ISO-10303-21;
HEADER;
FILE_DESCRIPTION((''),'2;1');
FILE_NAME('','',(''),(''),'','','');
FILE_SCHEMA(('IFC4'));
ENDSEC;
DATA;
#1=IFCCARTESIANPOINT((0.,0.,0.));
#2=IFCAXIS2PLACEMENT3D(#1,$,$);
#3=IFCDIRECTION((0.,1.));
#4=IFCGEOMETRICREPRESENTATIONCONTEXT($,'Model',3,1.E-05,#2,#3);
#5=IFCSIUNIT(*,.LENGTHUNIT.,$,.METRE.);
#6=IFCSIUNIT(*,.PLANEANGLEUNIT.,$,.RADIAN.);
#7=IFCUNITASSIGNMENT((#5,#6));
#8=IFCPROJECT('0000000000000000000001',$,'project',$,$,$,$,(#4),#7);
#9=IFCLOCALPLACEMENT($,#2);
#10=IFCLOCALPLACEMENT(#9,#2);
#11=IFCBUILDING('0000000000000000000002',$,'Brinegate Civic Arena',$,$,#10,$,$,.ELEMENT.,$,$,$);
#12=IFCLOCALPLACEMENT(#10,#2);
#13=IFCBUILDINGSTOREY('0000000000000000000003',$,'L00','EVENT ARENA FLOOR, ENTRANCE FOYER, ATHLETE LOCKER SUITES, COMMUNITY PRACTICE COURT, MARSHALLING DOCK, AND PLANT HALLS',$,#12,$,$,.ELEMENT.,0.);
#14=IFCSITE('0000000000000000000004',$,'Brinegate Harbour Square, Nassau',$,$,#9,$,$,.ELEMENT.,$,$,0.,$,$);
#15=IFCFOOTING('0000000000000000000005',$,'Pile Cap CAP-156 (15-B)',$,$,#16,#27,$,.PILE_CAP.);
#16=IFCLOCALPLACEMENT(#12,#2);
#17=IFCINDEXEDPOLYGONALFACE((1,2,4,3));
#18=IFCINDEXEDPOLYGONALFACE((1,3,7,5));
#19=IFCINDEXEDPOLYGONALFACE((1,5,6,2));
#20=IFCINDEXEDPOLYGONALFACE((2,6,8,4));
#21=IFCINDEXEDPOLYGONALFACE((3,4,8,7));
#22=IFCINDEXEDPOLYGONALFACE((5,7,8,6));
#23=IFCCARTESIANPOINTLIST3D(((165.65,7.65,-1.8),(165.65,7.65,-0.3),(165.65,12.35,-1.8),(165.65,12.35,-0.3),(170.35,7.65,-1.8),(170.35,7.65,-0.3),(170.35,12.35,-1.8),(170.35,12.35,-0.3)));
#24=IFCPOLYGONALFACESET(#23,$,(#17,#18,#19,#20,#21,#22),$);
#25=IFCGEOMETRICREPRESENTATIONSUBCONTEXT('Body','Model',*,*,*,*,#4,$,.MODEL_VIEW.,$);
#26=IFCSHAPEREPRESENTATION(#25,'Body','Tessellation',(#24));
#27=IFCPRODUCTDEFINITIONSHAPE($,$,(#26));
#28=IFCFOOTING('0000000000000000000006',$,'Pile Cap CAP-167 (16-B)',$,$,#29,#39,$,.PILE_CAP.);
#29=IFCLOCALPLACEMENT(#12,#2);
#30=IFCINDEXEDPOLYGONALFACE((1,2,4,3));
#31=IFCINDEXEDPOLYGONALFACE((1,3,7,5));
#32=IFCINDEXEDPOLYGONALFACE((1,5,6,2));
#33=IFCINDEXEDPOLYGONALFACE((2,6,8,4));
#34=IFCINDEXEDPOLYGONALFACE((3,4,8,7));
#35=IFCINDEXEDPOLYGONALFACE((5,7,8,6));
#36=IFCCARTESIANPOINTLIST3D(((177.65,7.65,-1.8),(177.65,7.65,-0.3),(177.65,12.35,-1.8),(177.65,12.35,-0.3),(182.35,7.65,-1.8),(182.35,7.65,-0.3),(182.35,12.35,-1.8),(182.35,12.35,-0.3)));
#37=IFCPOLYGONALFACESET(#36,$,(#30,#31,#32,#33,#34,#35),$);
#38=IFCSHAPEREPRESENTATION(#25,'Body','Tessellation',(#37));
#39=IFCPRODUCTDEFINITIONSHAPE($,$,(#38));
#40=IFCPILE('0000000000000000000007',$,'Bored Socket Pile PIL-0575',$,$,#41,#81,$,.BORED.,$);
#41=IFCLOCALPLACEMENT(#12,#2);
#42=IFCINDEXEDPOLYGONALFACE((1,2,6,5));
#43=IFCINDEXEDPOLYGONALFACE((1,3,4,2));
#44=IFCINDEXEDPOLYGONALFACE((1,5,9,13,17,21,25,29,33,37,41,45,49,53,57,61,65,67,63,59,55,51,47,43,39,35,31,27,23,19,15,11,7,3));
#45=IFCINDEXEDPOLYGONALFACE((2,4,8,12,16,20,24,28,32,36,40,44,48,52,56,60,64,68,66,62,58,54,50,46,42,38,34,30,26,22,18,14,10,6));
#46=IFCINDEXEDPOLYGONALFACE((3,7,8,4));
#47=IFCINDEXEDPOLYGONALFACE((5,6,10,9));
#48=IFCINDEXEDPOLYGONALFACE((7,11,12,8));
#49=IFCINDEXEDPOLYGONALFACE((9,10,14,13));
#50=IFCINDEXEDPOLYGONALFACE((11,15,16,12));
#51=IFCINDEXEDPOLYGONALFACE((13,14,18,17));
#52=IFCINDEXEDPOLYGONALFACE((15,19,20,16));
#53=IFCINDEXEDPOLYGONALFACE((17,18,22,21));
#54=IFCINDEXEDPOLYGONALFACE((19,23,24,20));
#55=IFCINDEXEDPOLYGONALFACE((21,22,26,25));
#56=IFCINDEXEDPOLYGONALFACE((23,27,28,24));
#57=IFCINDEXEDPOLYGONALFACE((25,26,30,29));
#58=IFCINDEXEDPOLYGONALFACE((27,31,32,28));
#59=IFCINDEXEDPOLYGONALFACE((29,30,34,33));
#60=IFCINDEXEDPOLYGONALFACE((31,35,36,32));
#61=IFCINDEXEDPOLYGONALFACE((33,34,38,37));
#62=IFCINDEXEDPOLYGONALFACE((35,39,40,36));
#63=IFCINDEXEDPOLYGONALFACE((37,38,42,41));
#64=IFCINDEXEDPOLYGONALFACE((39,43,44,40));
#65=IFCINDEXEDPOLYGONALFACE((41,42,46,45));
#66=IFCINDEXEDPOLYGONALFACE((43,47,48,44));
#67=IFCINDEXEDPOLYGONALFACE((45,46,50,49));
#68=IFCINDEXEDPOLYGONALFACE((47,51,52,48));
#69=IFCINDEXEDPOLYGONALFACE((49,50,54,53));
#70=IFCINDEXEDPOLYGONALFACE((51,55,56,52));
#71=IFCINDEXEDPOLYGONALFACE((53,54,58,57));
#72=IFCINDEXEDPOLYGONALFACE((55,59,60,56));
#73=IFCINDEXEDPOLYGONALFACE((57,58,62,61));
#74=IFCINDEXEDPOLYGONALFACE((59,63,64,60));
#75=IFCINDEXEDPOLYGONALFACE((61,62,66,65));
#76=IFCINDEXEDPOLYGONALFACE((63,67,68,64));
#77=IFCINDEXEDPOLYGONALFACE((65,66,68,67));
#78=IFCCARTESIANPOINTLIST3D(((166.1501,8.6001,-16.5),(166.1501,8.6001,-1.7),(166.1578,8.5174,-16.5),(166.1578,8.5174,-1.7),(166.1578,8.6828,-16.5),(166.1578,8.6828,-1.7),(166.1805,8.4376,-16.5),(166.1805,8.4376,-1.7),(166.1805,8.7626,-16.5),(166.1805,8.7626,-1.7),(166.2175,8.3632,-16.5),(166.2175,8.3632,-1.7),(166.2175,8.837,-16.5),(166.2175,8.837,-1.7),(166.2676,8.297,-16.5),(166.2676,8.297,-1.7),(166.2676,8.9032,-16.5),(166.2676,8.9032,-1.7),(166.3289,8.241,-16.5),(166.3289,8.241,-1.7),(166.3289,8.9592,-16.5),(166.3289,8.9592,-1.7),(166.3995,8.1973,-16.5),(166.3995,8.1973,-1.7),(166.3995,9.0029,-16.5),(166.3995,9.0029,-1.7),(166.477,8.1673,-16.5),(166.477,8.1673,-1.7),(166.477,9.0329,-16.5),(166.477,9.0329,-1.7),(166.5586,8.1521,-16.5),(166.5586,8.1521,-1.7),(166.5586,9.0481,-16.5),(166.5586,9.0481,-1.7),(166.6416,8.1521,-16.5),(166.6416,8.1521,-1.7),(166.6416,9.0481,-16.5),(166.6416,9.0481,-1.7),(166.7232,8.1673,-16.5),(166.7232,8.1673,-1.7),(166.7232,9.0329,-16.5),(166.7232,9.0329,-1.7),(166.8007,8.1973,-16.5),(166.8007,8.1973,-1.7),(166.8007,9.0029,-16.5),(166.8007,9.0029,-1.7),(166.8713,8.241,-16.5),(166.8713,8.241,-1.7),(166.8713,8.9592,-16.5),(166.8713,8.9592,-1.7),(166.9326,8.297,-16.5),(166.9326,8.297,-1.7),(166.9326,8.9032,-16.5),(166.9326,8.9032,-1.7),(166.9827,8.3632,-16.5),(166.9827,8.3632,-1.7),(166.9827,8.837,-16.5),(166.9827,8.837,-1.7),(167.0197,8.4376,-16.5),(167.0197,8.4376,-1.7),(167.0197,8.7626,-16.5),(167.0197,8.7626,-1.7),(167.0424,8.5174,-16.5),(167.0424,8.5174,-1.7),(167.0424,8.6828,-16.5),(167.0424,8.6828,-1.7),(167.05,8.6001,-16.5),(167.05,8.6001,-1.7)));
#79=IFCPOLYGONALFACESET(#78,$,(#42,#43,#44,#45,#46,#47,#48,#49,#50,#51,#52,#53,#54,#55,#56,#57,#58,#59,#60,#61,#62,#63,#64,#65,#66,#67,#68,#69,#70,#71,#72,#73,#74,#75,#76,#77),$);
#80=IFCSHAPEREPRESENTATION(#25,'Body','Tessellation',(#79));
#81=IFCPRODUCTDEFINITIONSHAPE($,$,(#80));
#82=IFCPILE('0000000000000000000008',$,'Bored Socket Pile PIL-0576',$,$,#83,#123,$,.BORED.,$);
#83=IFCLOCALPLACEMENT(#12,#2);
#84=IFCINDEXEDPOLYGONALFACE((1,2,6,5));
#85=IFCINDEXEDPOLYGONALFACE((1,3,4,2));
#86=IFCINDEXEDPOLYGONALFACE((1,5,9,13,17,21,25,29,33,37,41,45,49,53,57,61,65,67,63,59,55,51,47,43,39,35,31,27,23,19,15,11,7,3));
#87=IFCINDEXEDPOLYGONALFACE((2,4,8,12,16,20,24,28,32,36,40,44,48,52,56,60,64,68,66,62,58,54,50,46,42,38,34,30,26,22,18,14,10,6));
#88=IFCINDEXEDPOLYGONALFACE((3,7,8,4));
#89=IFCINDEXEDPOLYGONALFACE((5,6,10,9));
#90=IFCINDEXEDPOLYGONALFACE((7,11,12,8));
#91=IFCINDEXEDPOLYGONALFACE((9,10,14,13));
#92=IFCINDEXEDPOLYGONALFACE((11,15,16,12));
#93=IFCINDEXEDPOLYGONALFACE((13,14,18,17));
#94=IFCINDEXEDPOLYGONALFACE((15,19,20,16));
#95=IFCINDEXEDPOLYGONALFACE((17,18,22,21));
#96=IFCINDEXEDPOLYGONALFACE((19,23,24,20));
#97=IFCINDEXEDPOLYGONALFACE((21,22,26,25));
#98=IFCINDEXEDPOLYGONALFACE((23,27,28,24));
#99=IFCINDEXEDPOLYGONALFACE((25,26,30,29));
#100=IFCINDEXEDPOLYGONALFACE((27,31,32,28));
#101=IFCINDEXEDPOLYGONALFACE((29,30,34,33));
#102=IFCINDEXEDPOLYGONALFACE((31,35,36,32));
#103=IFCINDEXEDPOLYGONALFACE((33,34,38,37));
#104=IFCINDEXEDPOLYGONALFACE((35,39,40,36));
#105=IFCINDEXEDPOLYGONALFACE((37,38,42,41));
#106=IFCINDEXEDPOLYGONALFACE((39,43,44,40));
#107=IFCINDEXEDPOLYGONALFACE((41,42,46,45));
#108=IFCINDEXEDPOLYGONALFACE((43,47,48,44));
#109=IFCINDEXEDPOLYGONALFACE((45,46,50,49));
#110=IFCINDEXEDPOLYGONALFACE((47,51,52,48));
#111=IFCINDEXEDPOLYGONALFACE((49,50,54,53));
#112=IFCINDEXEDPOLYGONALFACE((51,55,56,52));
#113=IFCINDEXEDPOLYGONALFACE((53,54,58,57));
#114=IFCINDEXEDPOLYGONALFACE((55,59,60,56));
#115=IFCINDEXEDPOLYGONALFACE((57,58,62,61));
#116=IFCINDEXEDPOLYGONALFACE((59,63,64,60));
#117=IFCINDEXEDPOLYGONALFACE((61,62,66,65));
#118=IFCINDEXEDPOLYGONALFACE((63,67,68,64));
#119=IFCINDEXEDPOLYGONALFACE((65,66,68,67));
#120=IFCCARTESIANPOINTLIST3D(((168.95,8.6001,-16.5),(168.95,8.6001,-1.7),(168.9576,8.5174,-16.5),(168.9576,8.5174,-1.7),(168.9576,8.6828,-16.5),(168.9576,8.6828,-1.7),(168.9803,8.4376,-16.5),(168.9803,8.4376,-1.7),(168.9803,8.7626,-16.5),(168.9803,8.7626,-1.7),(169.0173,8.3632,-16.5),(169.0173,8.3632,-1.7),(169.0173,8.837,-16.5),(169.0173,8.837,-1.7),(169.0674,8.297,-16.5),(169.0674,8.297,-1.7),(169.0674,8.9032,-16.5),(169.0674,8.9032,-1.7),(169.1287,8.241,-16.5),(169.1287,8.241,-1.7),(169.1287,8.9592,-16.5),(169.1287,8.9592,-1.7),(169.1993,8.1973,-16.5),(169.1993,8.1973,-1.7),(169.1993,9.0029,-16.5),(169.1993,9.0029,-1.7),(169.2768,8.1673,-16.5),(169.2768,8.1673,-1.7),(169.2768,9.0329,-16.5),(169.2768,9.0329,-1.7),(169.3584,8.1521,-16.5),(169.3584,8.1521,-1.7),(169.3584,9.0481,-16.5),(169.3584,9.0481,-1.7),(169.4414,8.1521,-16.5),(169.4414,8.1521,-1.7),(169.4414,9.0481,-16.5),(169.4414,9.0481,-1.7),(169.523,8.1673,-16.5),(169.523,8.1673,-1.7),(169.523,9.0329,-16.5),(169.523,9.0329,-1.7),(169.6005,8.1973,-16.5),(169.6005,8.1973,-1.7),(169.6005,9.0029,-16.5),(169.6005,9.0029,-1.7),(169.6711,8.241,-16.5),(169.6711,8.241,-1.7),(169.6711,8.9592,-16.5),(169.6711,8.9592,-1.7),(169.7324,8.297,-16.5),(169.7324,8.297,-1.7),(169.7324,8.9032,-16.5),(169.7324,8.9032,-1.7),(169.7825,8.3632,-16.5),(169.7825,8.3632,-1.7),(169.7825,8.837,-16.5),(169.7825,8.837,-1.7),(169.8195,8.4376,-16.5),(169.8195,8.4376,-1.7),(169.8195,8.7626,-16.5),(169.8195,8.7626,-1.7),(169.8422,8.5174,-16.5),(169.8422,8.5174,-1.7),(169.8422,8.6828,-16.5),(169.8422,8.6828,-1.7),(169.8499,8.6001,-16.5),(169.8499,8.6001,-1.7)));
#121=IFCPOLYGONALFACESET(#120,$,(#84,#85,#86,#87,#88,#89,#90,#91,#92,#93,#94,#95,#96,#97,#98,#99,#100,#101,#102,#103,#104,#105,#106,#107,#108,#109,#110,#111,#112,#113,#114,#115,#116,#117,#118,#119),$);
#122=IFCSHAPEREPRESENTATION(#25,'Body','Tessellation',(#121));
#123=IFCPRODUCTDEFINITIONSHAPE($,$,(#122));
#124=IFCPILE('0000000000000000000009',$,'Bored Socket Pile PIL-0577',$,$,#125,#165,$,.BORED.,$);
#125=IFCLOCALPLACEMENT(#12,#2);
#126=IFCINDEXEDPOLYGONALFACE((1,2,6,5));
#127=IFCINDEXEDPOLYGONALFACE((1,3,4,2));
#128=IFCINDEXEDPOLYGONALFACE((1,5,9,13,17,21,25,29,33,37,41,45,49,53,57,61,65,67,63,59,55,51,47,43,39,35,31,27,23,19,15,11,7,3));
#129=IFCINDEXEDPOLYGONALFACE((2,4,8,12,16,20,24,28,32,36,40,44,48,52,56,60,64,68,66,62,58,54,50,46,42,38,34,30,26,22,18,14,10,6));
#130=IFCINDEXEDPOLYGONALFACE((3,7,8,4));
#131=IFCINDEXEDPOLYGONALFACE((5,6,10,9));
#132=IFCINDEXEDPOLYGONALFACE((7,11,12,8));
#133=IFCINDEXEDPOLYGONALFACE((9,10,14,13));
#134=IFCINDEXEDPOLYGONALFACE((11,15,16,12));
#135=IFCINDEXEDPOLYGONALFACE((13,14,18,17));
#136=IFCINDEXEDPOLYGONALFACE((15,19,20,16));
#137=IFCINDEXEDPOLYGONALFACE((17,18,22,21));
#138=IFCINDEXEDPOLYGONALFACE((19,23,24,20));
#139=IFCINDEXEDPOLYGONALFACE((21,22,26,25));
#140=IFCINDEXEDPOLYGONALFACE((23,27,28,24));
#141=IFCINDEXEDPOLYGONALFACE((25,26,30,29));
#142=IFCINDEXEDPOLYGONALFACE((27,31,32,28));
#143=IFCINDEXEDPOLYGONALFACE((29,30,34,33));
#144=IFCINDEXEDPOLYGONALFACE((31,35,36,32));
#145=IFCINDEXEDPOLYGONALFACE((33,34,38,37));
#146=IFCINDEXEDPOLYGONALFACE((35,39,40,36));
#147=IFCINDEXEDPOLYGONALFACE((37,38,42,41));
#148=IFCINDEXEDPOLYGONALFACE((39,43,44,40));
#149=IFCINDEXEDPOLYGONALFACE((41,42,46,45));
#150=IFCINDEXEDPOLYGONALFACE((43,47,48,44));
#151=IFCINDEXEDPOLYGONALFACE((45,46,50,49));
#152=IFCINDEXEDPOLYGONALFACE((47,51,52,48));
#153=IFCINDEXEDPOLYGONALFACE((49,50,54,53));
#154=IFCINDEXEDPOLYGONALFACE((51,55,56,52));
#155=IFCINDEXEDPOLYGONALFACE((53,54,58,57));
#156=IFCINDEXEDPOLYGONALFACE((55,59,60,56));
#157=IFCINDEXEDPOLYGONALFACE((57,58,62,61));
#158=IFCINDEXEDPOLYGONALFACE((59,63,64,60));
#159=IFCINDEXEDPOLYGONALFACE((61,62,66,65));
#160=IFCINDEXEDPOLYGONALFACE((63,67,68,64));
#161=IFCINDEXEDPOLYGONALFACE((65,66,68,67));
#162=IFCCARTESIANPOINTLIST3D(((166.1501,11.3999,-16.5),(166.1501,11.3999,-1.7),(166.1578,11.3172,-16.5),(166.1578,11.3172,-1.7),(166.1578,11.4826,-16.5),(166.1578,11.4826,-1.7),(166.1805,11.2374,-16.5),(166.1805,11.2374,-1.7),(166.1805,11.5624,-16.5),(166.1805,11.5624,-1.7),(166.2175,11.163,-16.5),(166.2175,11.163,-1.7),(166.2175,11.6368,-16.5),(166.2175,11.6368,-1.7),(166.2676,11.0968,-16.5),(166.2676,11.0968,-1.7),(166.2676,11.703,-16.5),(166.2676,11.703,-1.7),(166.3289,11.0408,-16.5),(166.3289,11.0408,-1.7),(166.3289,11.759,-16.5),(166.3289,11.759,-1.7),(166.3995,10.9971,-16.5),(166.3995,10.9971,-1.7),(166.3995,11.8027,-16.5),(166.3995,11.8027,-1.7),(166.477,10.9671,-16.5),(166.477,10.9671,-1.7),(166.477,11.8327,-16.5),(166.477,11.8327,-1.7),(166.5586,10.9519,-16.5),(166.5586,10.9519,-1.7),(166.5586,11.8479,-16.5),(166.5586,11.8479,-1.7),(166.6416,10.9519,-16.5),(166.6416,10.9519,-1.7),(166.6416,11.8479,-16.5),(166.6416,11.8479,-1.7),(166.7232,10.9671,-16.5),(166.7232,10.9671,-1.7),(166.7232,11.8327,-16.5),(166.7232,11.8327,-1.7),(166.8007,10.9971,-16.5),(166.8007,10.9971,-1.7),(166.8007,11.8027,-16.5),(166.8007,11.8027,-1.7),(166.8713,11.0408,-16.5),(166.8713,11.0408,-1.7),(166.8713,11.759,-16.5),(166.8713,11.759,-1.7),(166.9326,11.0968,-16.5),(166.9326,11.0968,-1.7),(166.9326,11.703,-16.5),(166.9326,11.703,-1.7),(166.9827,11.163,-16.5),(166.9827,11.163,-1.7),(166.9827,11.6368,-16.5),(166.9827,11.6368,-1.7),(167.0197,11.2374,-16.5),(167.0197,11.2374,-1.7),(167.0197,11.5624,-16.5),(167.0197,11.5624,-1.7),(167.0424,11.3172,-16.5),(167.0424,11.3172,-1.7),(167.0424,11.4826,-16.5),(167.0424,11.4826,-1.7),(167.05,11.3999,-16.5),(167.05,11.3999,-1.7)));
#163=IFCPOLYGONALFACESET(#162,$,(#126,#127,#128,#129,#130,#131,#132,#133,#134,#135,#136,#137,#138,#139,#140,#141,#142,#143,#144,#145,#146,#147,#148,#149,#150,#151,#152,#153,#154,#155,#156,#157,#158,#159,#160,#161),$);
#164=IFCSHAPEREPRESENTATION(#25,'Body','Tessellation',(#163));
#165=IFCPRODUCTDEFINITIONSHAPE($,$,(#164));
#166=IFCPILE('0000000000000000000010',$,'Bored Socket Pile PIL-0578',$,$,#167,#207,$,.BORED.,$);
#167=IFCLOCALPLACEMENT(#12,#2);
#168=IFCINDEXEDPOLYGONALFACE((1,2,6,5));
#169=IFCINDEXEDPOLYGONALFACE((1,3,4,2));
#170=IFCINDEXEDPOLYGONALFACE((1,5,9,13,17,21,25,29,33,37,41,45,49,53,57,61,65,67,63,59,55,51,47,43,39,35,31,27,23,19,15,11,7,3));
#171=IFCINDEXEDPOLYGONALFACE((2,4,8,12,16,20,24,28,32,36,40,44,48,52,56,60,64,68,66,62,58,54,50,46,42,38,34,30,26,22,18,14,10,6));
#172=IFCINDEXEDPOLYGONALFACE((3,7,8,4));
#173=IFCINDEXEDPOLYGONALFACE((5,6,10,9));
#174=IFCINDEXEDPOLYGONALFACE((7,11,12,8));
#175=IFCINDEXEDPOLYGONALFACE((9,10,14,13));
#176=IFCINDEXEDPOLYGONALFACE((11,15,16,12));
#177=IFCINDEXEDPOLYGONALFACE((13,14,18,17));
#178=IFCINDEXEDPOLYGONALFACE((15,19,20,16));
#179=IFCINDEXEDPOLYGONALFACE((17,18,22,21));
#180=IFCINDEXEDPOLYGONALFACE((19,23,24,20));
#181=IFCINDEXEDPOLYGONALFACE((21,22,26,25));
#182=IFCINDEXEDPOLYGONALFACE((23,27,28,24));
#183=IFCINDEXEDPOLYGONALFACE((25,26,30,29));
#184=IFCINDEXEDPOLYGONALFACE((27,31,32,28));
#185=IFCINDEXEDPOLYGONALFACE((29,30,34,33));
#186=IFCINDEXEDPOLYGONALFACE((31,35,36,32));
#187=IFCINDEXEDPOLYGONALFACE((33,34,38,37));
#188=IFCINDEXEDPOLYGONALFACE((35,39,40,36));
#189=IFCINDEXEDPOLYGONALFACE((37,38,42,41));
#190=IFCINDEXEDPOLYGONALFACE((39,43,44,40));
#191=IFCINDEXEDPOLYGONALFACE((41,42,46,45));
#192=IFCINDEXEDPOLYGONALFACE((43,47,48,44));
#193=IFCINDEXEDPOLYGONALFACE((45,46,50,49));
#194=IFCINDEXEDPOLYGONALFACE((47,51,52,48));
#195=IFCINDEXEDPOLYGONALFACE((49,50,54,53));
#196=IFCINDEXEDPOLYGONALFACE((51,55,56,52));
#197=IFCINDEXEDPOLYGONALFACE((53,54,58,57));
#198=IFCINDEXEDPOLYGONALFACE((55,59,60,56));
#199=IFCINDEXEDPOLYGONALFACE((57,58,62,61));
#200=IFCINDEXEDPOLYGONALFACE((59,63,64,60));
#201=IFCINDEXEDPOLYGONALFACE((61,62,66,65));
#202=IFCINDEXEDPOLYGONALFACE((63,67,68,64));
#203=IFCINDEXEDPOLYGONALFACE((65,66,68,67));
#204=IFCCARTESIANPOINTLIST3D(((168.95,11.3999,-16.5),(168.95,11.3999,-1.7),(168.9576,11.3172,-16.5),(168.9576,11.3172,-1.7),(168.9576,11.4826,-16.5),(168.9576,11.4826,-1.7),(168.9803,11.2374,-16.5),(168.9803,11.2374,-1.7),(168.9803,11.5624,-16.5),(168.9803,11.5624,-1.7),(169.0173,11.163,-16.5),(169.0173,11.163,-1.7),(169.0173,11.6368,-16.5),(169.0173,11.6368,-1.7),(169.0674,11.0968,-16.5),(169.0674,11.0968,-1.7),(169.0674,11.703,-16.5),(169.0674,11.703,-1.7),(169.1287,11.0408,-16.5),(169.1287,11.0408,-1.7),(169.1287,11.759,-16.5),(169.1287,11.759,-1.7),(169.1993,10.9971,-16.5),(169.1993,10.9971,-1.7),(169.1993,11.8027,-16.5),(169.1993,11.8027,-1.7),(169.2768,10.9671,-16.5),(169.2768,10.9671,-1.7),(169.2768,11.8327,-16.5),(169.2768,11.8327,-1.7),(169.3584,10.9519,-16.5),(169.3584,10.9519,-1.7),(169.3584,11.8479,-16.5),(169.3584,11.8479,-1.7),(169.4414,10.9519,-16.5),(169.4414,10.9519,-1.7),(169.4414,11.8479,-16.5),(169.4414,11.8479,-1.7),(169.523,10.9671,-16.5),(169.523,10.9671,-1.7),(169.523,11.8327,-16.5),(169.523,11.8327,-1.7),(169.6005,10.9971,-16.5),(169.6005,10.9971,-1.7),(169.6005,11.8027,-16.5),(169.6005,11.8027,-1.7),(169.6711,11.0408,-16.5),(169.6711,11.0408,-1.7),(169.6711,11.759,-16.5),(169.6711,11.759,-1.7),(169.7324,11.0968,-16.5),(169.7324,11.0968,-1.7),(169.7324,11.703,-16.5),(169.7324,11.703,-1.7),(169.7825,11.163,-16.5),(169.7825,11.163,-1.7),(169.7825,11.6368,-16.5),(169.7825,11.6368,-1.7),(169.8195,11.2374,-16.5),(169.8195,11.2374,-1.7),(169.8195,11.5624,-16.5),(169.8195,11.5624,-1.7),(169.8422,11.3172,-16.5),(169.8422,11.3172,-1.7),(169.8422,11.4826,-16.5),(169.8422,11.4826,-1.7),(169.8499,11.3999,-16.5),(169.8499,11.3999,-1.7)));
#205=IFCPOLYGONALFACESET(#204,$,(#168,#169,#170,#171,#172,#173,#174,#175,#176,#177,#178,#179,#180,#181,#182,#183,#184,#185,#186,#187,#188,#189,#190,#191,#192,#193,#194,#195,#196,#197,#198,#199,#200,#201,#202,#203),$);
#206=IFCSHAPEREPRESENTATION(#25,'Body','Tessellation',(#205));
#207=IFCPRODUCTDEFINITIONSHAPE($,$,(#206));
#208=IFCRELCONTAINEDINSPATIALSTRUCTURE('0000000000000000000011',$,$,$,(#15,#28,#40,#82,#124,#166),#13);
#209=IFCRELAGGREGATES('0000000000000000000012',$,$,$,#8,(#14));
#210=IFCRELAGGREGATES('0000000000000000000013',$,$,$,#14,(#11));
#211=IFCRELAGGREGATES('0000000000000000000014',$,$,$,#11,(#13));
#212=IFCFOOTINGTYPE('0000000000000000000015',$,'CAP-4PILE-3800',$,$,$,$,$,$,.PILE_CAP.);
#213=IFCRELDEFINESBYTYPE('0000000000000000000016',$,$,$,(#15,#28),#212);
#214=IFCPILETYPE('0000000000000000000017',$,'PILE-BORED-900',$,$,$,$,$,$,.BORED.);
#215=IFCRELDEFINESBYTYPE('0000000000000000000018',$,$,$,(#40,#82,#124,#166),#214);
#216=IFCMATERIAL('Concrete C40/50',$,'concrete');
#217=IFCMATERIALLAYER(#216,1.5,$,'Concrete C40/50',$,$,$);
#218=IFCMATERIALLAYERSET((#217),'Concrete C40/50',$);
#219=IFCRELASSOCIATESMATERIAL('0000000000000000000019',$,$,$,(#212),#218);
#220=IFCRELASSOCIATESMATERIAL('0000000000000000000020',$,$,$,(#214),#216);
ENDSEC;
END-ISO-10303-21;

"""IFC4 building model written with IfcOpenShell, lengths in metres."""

from ifc_helpers import new_model, si_unit, direction, frame, origin, origin_2d, place, context, subcontext, project, spatial, rectangle, circle, extrude, material, layer, layer_set, material_profile, profile_set, type_object, element, save


model = new_model("IFC4")

# Units and contexts
model_context = context("Model", 3, precision=1e-05, world=origin(), true_north=direction((0.0, 1.0)))
body_context = subcontext(model_context, "Body", "Model", "MODEL_VIEW")
ifc_project = project(units=[si_unit("LENGTHUNIT", "METRE"), si_unit("PLANEANGLEUNIT", "RADIAN")], contexts=[model_context])

# Site, building, storey
site_placement = place(None, origin())
site = spatial("IfcSite", under=ifc_project, at=site_placement, Name="Brinegate Harbour Square, Nassau", CompositionType="ELEMENT", RefElevation=0.0)
building_placement = place(site_placement, origin())
building = spatial("IfcBuilding", under=site, at=building_placement, Name="Brinegate Civic Arena", CompositionType="ELEMENT")
storey_placement = place(building_placement, origin())
storey = spatial("IfcBuildingStorey", under=building, at=storey_placement, Name="L00", Description="EVENT ARENA FLOOR, ENTRANCE FOYER, ATHLETE LOCKER SUITES, COMMUNITY PRACTICE COURT, MARSHALLING DOCK, AND PLANT HALLS", CompositionType="ELEMENT", Elevation=0.0)

# Footings
ifc_material_1 = material(Name="Concrete C40/50", Category="concrete")
ifc_layer_1 = layer(ifc_material_1, 1.5, Name="Concrete C40/50")
ifc_layer_set_1 = layer_set([ifc_layer_1], Name="Concrete C40/50")
footing_type_1 = type_object("IfcFootingType", Name="CAP-4PILE-3800", PredefinedType="PILE_CAP", material=ifc_layer_set_1)
for number, where, z_axis, x_axis, name in (
    (1, (168.0, 10.0, -1.8), (0.0, 0.0, 1.0), (1.0, 0.0, 0.0), "Pile Cap CAP-156 (15-B)"),
    (2, (180.0, 10.0, -1.8), (0.0, 0.0, 1.0), (1.0, 0.0, 0.0), "Pile Cap CAP-167 (16-B)"),
):
    element("IfcFooting", number, at=place(storey_placement, frame(where, z_axis=z_axis, x_axis=x_axis)), inside=storey, type_object=footing_type_1, Name=name, PredefinedType="PILE_CAP", context=body_context, shape_type="SweptSolid", body=[
        extrude(rectangle(XDim=4.7, YDim=4.7, at=origin_2d()), origin(), (0.0, 0.0, 1.0), 1.5),
    ])

# Piles
ifc_material_profile_1 = material_profile(ifc_material_1, circle(Radius=0.45, at=origin_2d()), Name="PILED900")
ifc_profile_set_1 = profile_set([ifc_material_profile_1], Name="Concrete C40/50")
pile_type = type_object("IfcPileType", Name="PILE-BORED-900", PredefinedType="BORED", material=ifc_profile_set_1)
for number, where, z_axis, x_axis, name in (
    (3, (166.6001, 8.6001, -1.7), (0.0, 0.0, -1.0), (1.0, 0.0, 0.0), "Bored Socket Pile PIL-0575"),
    (4, (169.3999, 8.6001, -1.7), (0.0, 0.0, -1.0), (1.0, 0.0, 0.0), "Bored Socket Pile PIL-0576"),
    (5, (166.6001, 11.3999, -1.7), (0.0, 0.0, -1.0), (1.0, 0.0, 0.0), "Bored Socket Pile PIL-0577"),
    (6, (169.3999, 11.3999, -1.7), (0.0, 0.0, -1.0), (1.0, 0.0, 0.0), "Bored Socket Pile PIL-0578"),
):
    element("IfcPile", number, at=place(storey_placement, frame(where, z_axis=z_axis, x_axis=x_axis)), inside=storey, type_object=pile_type, Name=name, PredefinedType="BORED", context=body_context, shape_type="SweptSolid", body=[
        extrude(circle(Radius=0.45, at=origin_2d()), origin(), (0.0, 0.0, 1.0), 14.8),
    ])

save(model, "model.ifc")
